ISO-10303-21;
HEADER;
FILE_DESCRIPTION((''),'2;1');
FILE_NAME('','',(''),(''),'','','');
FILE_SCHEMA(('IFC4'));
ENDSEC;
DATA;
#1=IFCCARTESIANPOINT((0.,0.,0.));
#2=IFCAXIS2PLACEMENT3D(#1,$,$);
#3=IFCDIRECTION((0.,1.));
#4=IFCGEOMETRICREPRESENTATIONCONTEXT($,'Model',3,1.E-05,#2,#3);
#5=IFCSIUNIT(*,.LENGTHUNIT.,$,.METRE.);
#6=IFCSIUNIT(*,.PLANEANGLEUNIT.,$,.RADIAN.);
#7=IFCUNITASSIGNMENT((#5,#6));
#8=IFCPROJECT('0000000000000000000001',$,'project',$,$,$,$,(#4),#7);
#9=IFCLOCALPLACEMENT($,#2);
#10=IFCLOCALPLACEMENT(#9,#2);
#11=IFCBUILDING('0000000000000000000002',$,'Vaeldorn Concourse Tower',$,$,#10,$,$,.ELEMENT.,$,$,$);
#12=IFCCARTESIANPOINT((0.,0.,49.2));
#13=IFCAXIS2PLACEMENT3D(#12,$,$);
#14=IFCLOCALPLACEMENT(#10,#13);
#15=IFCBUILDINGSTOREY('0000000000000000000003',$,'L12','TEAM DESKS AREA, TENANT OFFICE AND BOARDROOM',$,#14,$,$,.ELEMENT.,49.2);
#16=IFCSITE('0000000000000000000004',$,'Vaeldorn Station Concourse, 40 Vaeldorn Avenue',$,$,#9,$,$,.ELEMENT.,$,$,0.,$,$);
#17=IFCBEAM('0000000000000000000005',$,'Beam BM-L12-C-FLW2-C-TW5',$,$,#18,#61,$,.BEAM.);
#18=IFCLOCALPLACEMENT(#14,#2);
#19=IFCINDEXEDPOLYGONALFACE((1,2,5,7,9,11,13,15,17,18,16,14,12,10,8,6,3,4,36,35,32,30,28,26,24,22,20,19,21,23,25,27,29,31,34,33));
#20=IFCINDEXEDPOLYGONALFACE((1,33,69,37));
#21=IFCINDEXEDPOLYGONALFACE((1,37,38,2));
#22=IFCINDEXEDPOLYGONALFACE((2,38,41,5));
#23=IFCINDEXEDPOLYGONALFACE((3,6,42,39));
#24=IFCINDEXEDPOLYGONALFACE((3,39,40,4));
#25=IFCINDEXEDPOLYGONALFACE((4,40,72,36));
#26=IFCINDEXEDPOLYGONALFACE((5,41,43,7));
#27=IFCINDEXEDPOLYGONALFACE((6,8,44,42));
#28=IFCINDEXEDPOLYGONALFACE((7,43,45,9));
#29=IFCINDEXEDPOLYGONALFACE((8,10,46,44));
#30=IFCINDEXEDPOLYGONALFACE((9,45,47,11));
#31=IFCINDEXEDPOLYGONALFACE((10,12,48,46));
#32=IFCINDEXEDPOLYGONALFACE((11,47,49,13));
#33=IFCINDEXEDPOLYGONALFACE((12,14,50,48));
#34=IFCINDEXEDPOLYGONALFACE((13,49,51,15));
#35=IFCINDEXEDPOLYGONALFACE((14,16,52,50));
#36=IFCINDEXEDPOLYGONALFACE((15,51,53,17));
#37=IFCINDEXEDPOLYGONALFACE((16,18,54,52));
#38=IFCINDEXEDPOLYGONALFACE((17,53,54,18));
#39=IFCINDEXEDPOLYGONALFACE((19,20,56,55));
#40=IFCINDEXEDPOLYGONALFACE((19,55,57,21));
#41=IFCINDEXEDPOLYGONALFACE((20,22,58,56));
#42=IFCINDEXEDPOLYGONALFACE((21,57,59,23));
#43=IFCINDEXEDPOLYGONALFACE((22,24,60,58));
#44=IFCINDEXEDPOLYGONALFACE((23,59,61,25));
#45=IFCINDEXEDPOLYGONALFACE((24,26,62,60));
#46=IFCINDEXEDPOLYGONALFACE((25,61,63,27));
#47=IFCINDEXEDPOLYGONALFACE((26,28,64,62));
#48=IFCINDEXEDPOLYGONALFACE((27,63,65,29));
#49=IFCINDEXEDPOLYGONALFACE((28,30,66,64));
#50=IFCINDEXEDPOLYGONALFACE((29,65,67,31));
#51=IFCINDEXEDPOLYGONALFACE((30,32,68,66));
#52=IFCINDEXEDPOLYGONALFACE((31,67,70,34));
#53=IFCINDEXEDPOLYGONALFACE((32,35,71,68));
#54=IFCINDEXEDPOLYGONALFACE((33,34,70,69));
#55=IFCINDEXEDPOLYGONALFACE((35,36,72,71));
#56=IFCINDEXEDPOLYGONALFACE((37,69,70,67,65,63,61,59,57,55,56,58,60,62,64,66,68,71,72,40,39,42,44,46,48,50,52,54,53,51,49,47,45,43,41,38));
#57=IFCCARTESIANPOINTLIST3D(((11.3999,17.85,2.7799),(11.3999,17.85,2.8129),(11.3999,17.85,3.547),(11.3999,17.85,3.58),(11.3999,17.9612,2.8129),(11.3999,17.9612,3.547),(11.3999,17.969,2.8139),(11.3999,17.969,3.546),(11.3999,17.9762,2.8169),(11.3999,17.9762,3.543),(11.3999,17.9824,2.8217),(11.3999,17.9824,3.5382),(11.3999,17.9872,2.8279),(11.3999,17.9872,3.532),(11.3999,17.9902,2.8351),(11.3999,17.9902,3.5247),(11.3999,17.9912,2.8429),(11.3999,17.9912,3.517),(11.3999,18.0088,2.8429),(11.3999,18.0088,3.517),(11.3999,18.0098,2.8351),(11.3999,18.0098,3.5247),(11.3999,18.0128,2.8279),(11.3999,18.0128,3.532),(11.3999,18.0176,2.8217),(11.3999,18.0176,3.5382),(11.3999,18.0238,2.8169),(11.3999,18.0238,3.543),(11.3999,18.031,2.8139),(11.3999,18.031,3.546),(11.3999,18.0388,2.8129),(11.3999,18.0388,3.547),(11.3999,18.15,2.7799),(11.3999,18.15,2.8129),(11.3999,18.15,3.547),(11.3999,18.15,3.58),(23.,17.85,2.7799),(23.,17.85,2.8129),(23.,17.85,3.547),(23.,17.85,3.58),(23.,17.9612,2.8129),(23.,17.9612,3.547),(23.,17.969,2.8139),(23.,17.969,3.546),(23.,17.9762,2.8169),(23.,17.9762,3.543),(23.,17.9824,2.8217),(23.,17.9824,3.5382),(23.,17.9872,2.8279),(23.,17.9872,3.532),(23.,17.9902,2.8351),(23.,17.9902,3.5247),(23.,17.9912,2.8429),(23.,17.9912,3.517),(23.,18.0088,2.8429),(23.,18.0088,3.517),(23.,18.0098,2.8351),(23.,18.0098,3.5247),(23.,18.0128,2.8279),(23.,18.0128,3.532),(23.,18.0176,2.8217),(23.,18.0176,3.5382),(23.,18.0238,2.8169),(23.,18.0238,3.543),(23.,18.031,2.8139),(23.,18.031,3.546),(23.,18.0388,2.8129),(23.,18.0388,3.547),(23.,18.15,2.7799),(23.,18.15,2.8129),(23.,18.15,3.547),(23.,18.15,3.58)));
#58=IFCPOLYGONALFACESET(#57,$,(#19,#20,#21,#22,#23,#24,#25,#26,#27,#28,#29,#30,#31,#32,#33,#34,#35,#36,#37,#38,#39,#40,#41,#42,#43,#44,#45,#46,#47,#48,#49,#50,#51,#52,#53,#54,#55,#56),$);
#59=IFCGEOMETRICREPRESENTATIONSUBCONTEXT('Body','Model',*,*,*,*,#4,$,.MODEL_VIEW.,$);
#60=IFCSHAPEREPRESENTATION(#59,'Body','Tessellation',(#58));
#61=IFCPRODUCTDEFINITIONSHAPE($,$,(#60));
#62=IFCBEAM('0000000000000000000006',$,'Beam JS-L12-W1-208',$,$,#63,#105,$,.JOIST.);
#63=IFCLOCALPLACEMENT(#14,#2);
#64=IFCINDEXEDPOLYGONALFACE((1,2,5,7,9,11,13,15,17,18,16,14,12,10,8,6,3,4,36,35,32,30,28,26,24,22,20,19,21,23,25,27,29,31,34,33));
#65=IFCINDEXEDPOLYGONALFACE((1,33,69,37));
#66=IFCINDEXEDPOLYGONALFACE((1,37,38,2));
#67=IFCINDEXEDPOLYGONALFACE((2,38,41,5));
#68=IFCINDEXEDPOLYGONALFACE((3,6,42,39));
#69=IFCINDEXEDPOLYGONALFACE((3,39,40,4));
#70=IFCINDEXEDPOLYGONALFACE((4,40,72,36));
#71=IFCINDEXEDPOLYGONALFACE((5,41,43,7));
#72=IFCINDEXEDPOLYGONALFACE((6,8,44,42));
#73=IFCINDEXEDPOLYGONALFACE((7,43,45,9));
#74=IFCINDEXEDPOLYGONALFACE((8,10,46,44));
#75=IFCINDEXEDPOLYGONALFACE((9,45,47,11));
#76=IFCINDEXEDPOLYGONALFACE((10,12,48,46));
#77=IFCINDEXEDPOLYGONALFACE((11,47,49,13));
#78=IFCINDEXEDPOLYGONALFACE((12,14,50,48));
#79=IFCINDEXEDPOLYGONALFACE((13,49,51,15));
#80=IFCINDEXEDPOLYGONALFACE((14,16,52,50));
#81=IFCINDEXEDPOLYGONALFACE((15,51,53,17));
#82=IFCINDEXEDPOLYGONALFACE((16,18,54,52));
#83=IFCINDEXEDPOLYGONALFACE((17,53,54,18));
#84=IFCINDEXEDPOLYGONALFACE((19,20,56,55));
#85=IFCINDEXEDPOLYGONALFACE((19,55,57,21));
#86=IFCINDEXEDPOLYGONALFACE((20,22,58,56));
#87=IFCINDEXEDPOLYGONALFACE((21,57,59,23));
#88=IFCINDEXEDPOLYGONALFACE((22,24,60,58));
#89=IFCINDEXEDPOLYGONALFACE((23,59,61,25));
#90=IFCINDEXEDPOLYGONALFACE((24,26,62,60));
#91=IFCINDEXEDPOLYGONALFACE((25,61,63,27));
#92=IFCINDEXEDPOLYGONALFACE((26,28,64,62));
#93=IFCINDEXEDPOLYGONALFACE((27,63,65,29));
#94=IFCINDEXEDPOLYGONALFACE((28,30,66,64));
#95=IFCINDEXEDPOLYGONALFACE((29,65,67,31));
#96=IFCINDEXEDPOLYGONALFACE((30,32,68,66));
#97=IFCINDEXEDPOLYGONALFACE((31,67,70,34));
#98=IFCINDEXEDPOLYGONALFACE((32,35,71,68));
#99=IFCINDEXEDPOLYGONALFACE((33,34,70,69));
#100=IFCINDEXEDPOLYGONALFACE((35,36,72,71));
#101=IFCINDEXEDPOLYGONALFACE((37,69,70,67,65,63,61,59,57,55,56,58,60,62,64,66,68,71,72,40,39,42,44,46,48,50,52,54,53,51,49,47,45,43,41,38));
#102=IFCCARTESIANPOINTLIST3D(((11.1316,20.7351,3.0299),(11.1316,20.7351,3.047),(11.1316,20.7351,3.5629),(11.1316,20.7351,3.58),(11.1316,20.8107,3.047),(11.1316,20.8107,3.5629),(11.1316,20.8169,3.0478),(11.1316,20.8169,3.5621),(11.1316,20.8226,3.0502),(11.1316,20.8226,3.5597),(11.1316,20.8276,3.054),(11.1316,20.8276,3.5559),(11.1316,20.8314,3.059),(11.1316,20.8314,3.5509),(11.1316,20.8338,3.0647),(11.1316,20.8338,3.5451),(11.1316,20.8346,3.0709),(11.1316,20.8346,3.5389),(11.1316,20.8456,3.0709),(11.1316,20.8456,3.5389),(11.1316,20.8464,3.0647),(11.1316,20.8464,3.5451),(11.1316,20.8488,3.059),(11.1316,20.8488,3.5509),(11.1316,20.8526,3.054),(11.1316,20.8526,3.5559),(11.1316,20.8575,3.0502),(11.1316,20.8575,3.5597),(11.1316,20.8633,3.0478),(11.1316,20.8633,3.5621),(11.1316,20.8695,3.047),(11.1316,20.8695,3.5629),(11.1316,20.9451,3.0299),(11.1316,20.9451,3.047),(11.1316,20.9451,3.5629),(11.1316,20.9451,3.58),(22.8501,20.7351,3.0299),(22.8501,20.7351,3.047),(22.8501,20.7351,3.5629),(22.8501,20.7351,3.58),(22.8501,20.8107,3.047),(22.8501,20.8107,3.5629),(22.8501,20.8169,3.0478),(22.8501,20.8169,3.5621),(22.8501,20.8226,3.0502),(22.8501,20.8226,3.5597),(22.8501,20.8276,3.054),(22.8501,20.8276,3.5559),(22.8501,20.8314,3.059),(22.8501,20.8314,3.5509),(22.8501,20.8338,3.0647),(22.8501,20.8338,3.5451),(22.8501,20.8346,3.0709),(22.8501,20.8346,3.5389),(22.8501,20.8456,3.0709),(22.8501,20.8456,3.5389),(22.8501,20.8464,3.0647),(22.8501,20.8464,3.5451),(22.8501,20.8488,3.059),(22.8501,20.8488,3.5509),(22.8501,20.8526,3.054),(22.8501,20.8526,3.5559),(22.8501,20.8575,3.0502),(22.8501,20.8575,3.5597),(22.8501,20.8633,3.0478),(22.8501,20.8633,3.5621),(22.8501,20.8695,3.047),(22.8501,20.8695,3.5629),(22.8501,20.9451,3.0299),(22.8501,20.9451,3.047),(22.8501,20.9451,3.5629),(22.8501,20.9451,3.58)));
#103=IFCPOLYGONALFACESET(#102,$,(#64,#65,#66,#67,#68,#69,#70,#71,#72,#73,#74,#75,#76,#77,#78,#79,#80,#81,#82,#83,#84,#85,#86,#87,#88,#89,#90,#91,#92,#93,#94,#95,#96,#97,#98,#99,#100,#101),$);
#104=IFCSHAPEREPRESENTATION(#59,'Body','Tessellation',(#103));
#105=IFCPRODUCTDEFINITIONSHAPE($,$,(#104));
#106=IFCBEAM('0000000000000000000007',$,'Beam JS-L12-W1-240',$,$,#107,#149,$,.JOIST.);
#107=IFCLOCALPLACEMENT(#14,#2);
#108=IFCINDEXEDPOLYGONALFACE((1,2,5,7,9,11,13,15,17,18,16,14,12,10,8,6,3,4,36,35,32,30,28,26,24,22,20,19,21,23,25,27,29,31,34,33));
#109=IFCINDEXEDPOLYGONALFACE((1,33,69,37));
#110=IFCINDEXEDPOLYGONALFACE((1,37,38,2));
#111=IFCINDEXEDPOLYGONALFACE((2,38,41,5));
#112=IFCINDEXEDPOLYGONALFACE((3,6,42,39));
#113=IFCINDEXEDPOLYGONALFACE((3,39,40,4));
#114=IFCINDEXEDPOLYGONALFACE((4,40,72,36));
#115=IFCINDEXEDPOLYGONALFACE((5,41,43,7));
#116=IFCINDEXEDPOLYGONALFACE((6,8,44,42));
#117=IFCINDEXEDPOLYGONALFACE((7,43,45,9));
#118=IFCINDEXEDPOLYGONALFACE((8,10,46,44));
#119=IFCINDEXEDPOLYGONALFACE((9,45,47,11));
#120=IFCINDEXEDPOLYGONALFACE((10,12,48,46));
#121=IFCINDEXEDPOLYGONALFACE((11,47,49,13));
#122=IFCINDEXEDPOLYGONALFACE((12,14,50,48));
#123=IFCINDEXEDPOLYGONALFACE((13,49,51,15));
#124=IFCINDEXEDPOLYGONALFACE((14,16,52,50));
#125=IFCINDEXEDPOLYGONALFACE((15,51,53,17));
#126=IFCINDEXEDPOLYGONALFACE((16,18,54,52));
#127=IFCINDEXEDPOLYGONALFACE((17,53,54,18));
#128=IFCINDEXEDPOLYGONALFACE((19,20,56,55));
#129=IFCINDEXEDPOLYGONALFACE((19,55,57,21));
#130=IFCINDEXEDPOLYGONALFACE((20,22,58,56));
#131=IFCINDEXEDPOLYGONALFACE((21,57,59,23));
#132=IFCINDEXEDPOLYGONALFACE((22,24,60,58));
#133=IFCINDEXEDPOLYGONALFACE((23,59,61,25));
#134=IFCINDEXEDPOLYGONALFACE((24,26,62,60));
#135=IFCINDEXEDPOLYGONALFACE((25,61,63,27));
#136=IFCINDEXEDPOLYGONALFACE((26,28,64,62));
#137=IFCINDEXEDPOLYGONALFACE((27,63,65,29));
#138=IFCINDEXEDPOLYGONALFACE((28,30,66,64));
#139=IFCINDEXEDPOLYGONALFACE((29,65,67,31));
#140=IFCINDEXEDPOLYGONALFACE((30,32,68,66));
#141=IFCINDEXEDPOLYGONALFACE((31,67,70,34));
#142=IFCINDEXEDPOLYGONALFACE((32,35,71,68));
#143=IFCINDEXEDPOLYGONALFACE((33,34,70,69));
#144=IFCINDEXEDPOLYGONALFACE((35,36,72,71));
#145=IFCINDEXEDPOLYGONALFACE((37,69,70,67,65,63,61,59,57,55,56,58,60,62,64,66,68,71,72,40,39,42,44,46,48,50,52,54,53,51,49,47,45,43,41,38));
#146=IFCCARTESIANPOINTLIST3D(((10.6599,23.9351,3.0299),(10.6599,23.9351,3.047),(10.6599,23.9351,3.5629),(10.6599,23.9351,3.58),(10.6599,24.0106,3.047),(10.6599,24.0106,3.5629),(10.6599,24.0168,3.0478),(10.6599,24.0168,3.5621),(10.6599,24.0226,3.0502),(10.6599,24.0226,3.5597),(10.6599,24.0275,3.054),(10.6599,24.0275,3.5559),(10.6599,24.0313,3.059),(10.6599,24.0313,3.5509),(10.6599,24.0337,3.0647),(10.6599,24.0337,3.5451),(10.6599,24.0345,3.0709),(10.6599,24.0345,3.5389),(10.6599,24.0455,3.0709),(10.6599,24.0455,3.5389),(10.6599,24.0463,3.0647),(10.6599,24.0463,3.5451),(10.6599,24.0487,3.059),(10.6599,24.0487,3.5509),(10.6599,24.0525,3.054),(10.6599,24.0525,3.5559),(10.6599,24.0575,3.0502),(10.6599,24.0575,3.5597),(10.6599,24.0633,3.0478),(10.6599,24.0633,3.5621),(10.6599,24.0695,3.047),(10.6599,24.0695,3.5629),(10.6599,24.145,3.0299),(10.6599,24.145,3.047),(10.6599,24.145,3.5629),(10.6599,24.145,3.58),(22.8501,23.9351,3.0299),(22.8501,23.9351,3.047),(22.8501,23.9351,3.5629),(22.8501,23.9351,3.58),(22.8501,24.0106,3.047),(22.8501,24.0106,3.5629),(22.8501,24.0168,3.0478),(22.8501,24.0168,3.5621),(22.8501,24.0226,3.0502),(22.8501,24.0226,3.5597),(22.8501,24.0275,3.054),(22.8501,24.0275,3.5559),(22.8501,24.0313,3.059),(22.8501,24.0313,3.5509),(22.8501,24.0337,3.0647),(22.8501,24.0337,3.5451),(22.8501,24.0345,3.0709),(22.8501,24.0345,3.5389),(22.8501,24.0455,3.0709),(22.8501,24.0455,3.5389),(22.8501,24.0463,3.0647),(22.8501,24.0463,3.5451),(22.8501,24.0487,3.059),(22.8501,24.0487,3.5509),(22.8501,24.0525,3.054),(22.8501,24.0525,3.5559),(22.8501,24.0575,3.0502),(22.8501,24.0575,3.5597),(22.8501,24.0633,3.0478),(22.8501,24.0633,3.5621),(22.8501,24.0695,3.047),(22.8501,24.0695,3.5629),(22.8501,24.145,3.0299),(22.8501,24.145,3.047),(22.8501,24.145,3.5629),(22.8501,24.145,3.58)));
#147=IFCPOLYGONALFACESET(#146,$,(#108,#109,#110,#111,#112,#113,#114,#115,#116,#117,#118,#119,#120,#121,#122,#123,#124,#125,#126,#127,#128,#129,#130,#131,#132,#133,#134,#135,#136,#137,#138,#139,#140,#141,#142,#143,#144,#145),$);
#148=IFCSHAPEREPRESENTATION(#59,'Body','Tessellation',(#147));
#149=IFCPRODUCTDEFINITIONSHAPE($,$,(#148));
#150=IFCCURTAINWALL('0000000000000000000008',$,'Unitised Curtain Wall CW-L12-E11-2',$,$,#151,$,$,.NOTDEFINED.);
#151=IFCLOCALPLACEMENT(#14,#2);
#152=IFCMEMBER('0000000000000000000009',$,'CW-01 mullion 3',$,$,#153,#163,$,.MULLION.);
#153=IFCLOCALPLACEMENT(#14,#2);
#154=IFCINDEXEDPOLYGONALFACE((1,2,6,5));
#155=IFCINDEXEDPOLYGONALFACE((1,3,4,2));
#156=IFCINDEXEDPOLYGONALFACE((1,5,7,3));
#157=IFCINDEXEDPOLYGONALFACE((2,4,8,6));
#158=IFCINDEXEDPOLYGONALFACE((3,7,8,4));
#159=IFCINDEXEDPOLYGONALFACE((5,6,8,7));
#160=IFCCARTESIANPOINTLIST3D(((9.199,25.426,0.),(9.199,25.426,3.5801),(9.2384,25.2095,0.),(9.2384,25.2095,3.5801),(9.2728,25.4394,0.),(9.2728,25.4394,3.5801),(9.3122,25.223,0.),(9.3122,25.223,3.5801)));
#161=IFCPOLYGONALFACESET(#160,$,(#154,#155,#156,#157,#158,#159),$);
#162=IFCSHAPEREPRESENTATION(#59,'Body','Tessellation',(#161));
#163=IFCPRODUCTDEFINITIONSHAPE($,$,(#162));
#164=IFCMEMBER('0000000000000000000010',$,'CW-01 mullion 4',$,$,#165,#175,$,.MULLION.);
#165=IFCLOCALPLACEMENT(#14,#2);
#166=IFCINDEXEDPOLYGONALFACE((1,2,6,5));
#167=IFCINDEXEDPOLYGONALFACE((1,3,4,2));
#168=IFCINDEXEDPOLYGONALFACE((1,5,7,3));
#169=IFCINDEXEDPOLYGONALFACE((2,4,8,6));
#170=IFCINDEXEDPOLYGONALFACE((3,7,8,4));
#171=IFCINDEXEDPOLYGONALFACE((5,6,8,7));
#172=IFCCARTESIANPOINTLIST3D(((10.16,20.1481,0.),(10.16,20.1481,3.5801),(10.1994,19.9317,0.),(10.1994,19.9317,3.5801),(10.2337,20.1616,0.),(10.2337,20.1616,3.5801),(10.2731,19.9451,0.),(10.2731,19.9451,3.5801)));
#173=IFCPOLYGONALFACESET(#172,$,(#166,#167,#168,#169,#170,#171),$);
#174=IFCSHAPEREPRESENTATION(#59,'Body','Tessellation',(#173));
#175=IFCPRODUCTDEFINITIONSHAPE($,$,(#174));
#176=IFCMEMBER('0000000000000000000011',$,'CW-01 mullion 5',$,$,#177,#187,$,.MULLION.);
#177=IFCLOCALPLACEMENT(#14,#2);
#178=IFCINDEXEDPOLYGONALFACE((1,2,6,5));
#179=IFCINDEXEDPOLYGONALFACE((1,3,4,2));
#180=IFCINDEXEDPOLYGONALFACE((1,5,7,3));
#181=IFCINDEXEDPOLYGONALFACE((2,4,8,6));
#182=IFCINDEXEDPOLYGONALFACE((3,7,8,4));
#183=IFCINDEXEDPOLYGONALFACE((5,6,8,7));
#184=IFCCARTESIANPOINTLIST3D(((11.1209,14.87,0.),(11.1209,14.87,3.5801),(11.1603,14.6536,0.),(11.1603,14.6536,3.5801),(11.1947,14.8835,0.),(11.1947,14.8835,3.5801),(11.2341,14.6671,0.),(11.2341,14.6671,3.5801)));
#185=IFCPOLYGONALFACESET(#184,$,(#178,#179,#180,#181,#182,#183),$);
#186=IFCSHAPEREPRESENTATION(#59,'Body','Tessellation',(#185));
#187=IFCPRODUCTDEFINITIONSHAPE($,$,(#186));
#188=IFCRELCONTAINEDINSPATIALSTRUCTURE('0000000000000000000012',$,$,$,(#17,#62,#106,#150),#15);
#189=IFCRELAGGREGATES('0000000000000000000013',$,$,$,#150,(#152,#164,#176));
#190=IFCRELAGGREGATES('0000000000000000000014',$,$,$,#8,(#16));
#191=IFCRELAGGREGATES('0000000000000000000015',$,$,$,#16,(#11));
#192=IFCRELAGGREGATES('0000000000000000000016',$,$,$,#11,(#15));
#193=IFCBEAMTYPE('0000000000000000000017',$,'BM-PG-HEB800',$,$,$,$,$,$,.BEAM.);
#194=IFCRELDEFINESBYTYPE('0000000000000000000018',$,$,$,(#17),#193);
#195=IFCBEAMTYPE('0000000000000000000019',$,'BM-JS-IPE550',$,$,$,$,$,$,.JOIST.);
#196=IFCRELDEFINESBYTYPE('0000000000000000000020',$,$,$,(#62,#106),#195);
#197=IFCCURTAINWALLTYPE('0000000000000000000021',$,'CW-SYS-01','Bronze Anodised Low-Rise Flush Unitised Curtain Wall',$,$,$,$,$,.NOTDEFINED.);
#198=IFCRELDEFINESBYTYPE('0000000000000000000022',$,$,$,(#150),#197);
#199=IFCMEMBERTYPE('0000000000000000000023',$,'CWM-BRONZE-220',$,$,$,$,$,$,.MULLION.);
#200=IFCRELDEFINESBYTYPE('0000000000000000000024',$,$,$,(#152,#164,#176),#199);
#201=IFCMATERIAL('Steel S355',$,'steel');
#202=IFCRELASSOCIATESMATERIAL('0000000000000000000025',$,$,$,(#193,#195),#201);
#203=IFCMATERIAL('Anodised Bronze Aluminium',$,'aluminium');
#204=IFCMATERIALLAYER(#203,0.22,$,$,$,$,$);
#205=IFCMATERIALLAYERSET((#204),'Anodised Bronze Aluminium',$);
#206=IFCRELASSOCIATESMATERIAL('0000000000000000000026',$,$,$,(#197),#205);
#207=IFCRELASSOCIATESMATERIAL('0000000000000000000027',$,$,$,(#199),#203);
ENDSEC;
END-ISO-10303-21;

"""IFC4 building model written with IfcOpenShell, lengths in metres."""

from ifc_helpers import new_model, si_unit, direction, frame, origin, origin_2d, place, context, subcontext, project, spatial, rectangle, i_section, extrude, source, transform, mapped, material, layer, layer_set, material_profile, profile_set, type_object, element, aggregate, save


model = new_model("IFC4")

# Units and contexts
model_context = context("Model", 3, precision=1e-05, world=origin(), true_north=direction((0.0, 1.0)))
body_context = subcontext(model_context, "Body", "Model", "MODEL_VIEW")
ifc_project = project(units=[si_unit("LENGTHUNIT", "METRE"), si_unit("PLANEANGLEUNIT", "RADIAN")], contexts=[model_context])

# Site, building, storey
site_placement = place(None, origin())
site = spatial("IfcSite", under=ifc_project, at=site_placement, Name="Vaeldorn Station Concourse, 40 Vaeldorn Avenue", CompositionType="ELEMENT", RefElevation=0.0)
building_placement = place(site_placement, origin())
building = spatial("IfcBuilding", under=site, at=building_placement, Name="Vaeldorn Concourse Tower", CompositionType="ELEMENT")
storey_placement = place(building_placement, frame((0.0, 0.0, 49.2)))
storey = spatial("IfcBuildingStorey", under=building, at=storey_placement, Name="L12", Description="TEAM DESKS AREA, TENANT OFFICE AND BOARDROOM", CompositionType="ELEMENT", Elevation=49.2)

# Beams
ifc_material_1 = material(Name="Steel S355", Category="steel")
ifc_material_profile_1 = material_profile(ifc_material_1, i_section(OverallWidth=0.3, OverallDepth=0.8, WebThickness=0.0176, FlangeThickness=0.033, FilletRadius=0.03, at=origin_2d()), Name="HEB 800")
ifc_profile_set_1 = profile_set([ifc_material_profile_1], Name="Steel S355")
beam_type_1 = type_object("IfcBeamType", Name="BM-PG-HEB800", PredefinedType="BEAM", material=ifc_profile_set_1)
shared_shape_1 = source(origin(), body_context, "Body", "SweptSolid", [
    extrude(i_section(OverallWidth=0.3, OverallDepth=0.8, WebThickness=0.0176, FlangeThickness=0.033, FilletRadius=0.03, at=origin_2d()), origin(), (0.0, 0.0, 1.0), 11.6001),
])
beam_1_placement = place(storey_placement, frame((11.3999, 18.0, 3.1799), z_axis=(1.0, 0.0, 0.0), x_axis=(0.0, 1.0, 0.0)))
element("IfcBeam", 1, at=beam_1_placement, inside=storey, type_object=beam_type_1, Name="Beam BM-L12-C-FLW2-C-TW5", PredefinedType="BEAM", context=body_context, shape_type="MappedRepresentation", body=[
    mapped(shared_shape_1, transform((0.0, 0.0, 0.0), scale=1.0)),
])
ifc_material_profile_2 = material_profile(ifc_material_1, i_section(OverallWidth=0.21, OverallDepth=0.55, WebThickness=0.011, FlangeThickness=0.0171, FilletRadius=0.0239, at=origin_2d()), Name="IPE 550")
ifc_profile_set_2 = profile_set([ifc_material_profile_2], Name="Steel S355")
beam_type_2 = type_object("IfcBeamType", Name="BM-JS-IPE550", PredefinedType="JOIST", material=ifc_profile_set_2)
shared_shape_2 = source(origin(), body_context, "Body", "SweptSolid", [
    extrude(i_section(OverallWidth=0.21, OverallDepth=0.55, WebThickness=0.011, FlangeThickness=0.0171, FilletRadius=0.0239, at=origin_2d()), origin(), (0.0, 0.0, 1.0), 11.7185),
])
beam_2_placement = place(storey_placement, frame((11.1316, 20.8401, 3.3049), z_axis=(1.0, 0.0, 0.0), x_axis=(0.0, 1.0, 0.0)))
element("IfcBeam", 2, at=beam_2_placement, inside=storey, type_object=beam_type_2, Name="Beam JS-L12-W1-208", PredefinedType="JOIST", context=body_context, shape_type="MappedRepresentation", body=[
    mapped(shared_shape_2, transform((0.0, 0.0, 0.0), scale=1.0)),
])
shared_shape_3 = source(origin(), body_context, "Body", "SweptSolid", [
    extrude(i_section(OverallWidth=0.21, OverallDepth=0.55, WebThickness=0.011, FlangeThickness=0.0171, FilletRadius=0.0239, at=origin_2d()), origin(), (0.0, 0.0, 1.0), 12.1902),
])
beam_3_placement = place(storey_placement, frame((10.6599, 24.04, 3.3049), z_axis=(1.0, 0.0, 0.0), x_axis=(0.0, 1.0, 0.0)))
element("IfcBeam", 3, at=beam_3_placement, inside=storey, type_object=beam_type_2, Name="Beam JS-L12-W1-240", PredefinedType="JOIST", context=body_context, shape_type="MappedRepresentation", body=[
    mapped(shared_shape_3, transform((0.0, 0.0, 0.0), scale=1.0)),
])

# Curtain wall, members
ifc_material_2 = material(Name="Anodised Bronze Aluminium", Category="aluminium")
ifc_layer_1 = layer(ifc_material_2, 0.22)
ifc_layer_set_1 = layer_set([ifc_layer_1], Name="Anodised Bronze Aluminium")
curtain_wall_type = type_object("IfcCurtainWallType", Name="CW-SYS-01", Description="Bronze Anodised Low-Rise Flush Unitised Curtain Wall", PredefinedType="NOTDEFINED", material=ifc_layer_set_1)
curtain_wall_placement = place(storey_placement, origin())
curtain_wall = element("IfcCurtainWall", 4, at=curtain_wall_placement, inside=storey, type_object=curtain_wall_type, Name="Unitised Curtain Wall CW-L12-E11-2", PredefinedType="NOTDEFINED")
ifc_material_profile_3 = material_profile(ifc_material_2, rectangle(XDim=0.075, YDim=0.22, at=origin_2d()), Name="CWM 75x220")
ifc_profile_set_3 = profile_set([ifc_material_profile_3], Name="Anodised Bronze Aluminium")
member_type_1 = type_object("IfcMemberType", Name="CWM-BRONZE-220", PredefinedType="MULLION", material=ifc_profile_set_3)
shared_shape_4 = source(origin(), body_context, "Body", "SweptSolid", [
    extrude(rectangle(XDim=0.075, YDim=0.22, at=origin_2d()), origin(), (0.0, 0.0, 1.0), 3.5801),
])
member_1_placement = place(storey_placement, frame((9.2556, 25.3245, 0.0), z_axis=(0.0, 0.0, 1.0), x_axis=(0.983828, 0.179117, 0.0)))
member_1 = element("IfcMember", 5, at=member_1_placement, type_object=member_type_1, Name="CW-01 mullion 3", PredefinedType="MULLION", context=body_context, shape_type="MappedRepresentation", body=[
    mapped(shared_shape_4, transform((0.0, 0.0, 0.0), scale=1.0)),
])
member_2_placement = place(storey_placement, frame((10.2166, 20.0466, 0.0), z_axis=(0.0, 0.0, 1.0), x_axis=(0.983828, 0.179117, 0.0)))
member_2 = element("IfcMember", 6, at=member_2_placement, type_object=member_type_1, Name="CW-01 mullion 4", PredefinedType="MULLION", context=body_context, shape_type="MappedRepresentation", body=[
    mapped(shared_shape_4, transform((0.0, 0.0, 0.0), scale=1.0)),
])
member_3_placement = place(storey_placement, frame((11.1775, 14.7686, 0.0), z_axis=(0.0, 0.0, 1.0), x_axis=(0.983828, 0.179117, 0.0)))
member_3 = element("IfcMember", 7, at=member_3_placement, type_object=member_type_1, Name="CW-01 mullion 5", PredefinedType="MULLION", context=body_context, shape_type="MappedRepresentation", body=[
    mapped(shared_shape_4, transform((0.0, 0.0, 0.0), scale=1.0)),
])
aggregate(curtain_wall, [member_1, member_2, member_3])

save(model, "model.ifc")
